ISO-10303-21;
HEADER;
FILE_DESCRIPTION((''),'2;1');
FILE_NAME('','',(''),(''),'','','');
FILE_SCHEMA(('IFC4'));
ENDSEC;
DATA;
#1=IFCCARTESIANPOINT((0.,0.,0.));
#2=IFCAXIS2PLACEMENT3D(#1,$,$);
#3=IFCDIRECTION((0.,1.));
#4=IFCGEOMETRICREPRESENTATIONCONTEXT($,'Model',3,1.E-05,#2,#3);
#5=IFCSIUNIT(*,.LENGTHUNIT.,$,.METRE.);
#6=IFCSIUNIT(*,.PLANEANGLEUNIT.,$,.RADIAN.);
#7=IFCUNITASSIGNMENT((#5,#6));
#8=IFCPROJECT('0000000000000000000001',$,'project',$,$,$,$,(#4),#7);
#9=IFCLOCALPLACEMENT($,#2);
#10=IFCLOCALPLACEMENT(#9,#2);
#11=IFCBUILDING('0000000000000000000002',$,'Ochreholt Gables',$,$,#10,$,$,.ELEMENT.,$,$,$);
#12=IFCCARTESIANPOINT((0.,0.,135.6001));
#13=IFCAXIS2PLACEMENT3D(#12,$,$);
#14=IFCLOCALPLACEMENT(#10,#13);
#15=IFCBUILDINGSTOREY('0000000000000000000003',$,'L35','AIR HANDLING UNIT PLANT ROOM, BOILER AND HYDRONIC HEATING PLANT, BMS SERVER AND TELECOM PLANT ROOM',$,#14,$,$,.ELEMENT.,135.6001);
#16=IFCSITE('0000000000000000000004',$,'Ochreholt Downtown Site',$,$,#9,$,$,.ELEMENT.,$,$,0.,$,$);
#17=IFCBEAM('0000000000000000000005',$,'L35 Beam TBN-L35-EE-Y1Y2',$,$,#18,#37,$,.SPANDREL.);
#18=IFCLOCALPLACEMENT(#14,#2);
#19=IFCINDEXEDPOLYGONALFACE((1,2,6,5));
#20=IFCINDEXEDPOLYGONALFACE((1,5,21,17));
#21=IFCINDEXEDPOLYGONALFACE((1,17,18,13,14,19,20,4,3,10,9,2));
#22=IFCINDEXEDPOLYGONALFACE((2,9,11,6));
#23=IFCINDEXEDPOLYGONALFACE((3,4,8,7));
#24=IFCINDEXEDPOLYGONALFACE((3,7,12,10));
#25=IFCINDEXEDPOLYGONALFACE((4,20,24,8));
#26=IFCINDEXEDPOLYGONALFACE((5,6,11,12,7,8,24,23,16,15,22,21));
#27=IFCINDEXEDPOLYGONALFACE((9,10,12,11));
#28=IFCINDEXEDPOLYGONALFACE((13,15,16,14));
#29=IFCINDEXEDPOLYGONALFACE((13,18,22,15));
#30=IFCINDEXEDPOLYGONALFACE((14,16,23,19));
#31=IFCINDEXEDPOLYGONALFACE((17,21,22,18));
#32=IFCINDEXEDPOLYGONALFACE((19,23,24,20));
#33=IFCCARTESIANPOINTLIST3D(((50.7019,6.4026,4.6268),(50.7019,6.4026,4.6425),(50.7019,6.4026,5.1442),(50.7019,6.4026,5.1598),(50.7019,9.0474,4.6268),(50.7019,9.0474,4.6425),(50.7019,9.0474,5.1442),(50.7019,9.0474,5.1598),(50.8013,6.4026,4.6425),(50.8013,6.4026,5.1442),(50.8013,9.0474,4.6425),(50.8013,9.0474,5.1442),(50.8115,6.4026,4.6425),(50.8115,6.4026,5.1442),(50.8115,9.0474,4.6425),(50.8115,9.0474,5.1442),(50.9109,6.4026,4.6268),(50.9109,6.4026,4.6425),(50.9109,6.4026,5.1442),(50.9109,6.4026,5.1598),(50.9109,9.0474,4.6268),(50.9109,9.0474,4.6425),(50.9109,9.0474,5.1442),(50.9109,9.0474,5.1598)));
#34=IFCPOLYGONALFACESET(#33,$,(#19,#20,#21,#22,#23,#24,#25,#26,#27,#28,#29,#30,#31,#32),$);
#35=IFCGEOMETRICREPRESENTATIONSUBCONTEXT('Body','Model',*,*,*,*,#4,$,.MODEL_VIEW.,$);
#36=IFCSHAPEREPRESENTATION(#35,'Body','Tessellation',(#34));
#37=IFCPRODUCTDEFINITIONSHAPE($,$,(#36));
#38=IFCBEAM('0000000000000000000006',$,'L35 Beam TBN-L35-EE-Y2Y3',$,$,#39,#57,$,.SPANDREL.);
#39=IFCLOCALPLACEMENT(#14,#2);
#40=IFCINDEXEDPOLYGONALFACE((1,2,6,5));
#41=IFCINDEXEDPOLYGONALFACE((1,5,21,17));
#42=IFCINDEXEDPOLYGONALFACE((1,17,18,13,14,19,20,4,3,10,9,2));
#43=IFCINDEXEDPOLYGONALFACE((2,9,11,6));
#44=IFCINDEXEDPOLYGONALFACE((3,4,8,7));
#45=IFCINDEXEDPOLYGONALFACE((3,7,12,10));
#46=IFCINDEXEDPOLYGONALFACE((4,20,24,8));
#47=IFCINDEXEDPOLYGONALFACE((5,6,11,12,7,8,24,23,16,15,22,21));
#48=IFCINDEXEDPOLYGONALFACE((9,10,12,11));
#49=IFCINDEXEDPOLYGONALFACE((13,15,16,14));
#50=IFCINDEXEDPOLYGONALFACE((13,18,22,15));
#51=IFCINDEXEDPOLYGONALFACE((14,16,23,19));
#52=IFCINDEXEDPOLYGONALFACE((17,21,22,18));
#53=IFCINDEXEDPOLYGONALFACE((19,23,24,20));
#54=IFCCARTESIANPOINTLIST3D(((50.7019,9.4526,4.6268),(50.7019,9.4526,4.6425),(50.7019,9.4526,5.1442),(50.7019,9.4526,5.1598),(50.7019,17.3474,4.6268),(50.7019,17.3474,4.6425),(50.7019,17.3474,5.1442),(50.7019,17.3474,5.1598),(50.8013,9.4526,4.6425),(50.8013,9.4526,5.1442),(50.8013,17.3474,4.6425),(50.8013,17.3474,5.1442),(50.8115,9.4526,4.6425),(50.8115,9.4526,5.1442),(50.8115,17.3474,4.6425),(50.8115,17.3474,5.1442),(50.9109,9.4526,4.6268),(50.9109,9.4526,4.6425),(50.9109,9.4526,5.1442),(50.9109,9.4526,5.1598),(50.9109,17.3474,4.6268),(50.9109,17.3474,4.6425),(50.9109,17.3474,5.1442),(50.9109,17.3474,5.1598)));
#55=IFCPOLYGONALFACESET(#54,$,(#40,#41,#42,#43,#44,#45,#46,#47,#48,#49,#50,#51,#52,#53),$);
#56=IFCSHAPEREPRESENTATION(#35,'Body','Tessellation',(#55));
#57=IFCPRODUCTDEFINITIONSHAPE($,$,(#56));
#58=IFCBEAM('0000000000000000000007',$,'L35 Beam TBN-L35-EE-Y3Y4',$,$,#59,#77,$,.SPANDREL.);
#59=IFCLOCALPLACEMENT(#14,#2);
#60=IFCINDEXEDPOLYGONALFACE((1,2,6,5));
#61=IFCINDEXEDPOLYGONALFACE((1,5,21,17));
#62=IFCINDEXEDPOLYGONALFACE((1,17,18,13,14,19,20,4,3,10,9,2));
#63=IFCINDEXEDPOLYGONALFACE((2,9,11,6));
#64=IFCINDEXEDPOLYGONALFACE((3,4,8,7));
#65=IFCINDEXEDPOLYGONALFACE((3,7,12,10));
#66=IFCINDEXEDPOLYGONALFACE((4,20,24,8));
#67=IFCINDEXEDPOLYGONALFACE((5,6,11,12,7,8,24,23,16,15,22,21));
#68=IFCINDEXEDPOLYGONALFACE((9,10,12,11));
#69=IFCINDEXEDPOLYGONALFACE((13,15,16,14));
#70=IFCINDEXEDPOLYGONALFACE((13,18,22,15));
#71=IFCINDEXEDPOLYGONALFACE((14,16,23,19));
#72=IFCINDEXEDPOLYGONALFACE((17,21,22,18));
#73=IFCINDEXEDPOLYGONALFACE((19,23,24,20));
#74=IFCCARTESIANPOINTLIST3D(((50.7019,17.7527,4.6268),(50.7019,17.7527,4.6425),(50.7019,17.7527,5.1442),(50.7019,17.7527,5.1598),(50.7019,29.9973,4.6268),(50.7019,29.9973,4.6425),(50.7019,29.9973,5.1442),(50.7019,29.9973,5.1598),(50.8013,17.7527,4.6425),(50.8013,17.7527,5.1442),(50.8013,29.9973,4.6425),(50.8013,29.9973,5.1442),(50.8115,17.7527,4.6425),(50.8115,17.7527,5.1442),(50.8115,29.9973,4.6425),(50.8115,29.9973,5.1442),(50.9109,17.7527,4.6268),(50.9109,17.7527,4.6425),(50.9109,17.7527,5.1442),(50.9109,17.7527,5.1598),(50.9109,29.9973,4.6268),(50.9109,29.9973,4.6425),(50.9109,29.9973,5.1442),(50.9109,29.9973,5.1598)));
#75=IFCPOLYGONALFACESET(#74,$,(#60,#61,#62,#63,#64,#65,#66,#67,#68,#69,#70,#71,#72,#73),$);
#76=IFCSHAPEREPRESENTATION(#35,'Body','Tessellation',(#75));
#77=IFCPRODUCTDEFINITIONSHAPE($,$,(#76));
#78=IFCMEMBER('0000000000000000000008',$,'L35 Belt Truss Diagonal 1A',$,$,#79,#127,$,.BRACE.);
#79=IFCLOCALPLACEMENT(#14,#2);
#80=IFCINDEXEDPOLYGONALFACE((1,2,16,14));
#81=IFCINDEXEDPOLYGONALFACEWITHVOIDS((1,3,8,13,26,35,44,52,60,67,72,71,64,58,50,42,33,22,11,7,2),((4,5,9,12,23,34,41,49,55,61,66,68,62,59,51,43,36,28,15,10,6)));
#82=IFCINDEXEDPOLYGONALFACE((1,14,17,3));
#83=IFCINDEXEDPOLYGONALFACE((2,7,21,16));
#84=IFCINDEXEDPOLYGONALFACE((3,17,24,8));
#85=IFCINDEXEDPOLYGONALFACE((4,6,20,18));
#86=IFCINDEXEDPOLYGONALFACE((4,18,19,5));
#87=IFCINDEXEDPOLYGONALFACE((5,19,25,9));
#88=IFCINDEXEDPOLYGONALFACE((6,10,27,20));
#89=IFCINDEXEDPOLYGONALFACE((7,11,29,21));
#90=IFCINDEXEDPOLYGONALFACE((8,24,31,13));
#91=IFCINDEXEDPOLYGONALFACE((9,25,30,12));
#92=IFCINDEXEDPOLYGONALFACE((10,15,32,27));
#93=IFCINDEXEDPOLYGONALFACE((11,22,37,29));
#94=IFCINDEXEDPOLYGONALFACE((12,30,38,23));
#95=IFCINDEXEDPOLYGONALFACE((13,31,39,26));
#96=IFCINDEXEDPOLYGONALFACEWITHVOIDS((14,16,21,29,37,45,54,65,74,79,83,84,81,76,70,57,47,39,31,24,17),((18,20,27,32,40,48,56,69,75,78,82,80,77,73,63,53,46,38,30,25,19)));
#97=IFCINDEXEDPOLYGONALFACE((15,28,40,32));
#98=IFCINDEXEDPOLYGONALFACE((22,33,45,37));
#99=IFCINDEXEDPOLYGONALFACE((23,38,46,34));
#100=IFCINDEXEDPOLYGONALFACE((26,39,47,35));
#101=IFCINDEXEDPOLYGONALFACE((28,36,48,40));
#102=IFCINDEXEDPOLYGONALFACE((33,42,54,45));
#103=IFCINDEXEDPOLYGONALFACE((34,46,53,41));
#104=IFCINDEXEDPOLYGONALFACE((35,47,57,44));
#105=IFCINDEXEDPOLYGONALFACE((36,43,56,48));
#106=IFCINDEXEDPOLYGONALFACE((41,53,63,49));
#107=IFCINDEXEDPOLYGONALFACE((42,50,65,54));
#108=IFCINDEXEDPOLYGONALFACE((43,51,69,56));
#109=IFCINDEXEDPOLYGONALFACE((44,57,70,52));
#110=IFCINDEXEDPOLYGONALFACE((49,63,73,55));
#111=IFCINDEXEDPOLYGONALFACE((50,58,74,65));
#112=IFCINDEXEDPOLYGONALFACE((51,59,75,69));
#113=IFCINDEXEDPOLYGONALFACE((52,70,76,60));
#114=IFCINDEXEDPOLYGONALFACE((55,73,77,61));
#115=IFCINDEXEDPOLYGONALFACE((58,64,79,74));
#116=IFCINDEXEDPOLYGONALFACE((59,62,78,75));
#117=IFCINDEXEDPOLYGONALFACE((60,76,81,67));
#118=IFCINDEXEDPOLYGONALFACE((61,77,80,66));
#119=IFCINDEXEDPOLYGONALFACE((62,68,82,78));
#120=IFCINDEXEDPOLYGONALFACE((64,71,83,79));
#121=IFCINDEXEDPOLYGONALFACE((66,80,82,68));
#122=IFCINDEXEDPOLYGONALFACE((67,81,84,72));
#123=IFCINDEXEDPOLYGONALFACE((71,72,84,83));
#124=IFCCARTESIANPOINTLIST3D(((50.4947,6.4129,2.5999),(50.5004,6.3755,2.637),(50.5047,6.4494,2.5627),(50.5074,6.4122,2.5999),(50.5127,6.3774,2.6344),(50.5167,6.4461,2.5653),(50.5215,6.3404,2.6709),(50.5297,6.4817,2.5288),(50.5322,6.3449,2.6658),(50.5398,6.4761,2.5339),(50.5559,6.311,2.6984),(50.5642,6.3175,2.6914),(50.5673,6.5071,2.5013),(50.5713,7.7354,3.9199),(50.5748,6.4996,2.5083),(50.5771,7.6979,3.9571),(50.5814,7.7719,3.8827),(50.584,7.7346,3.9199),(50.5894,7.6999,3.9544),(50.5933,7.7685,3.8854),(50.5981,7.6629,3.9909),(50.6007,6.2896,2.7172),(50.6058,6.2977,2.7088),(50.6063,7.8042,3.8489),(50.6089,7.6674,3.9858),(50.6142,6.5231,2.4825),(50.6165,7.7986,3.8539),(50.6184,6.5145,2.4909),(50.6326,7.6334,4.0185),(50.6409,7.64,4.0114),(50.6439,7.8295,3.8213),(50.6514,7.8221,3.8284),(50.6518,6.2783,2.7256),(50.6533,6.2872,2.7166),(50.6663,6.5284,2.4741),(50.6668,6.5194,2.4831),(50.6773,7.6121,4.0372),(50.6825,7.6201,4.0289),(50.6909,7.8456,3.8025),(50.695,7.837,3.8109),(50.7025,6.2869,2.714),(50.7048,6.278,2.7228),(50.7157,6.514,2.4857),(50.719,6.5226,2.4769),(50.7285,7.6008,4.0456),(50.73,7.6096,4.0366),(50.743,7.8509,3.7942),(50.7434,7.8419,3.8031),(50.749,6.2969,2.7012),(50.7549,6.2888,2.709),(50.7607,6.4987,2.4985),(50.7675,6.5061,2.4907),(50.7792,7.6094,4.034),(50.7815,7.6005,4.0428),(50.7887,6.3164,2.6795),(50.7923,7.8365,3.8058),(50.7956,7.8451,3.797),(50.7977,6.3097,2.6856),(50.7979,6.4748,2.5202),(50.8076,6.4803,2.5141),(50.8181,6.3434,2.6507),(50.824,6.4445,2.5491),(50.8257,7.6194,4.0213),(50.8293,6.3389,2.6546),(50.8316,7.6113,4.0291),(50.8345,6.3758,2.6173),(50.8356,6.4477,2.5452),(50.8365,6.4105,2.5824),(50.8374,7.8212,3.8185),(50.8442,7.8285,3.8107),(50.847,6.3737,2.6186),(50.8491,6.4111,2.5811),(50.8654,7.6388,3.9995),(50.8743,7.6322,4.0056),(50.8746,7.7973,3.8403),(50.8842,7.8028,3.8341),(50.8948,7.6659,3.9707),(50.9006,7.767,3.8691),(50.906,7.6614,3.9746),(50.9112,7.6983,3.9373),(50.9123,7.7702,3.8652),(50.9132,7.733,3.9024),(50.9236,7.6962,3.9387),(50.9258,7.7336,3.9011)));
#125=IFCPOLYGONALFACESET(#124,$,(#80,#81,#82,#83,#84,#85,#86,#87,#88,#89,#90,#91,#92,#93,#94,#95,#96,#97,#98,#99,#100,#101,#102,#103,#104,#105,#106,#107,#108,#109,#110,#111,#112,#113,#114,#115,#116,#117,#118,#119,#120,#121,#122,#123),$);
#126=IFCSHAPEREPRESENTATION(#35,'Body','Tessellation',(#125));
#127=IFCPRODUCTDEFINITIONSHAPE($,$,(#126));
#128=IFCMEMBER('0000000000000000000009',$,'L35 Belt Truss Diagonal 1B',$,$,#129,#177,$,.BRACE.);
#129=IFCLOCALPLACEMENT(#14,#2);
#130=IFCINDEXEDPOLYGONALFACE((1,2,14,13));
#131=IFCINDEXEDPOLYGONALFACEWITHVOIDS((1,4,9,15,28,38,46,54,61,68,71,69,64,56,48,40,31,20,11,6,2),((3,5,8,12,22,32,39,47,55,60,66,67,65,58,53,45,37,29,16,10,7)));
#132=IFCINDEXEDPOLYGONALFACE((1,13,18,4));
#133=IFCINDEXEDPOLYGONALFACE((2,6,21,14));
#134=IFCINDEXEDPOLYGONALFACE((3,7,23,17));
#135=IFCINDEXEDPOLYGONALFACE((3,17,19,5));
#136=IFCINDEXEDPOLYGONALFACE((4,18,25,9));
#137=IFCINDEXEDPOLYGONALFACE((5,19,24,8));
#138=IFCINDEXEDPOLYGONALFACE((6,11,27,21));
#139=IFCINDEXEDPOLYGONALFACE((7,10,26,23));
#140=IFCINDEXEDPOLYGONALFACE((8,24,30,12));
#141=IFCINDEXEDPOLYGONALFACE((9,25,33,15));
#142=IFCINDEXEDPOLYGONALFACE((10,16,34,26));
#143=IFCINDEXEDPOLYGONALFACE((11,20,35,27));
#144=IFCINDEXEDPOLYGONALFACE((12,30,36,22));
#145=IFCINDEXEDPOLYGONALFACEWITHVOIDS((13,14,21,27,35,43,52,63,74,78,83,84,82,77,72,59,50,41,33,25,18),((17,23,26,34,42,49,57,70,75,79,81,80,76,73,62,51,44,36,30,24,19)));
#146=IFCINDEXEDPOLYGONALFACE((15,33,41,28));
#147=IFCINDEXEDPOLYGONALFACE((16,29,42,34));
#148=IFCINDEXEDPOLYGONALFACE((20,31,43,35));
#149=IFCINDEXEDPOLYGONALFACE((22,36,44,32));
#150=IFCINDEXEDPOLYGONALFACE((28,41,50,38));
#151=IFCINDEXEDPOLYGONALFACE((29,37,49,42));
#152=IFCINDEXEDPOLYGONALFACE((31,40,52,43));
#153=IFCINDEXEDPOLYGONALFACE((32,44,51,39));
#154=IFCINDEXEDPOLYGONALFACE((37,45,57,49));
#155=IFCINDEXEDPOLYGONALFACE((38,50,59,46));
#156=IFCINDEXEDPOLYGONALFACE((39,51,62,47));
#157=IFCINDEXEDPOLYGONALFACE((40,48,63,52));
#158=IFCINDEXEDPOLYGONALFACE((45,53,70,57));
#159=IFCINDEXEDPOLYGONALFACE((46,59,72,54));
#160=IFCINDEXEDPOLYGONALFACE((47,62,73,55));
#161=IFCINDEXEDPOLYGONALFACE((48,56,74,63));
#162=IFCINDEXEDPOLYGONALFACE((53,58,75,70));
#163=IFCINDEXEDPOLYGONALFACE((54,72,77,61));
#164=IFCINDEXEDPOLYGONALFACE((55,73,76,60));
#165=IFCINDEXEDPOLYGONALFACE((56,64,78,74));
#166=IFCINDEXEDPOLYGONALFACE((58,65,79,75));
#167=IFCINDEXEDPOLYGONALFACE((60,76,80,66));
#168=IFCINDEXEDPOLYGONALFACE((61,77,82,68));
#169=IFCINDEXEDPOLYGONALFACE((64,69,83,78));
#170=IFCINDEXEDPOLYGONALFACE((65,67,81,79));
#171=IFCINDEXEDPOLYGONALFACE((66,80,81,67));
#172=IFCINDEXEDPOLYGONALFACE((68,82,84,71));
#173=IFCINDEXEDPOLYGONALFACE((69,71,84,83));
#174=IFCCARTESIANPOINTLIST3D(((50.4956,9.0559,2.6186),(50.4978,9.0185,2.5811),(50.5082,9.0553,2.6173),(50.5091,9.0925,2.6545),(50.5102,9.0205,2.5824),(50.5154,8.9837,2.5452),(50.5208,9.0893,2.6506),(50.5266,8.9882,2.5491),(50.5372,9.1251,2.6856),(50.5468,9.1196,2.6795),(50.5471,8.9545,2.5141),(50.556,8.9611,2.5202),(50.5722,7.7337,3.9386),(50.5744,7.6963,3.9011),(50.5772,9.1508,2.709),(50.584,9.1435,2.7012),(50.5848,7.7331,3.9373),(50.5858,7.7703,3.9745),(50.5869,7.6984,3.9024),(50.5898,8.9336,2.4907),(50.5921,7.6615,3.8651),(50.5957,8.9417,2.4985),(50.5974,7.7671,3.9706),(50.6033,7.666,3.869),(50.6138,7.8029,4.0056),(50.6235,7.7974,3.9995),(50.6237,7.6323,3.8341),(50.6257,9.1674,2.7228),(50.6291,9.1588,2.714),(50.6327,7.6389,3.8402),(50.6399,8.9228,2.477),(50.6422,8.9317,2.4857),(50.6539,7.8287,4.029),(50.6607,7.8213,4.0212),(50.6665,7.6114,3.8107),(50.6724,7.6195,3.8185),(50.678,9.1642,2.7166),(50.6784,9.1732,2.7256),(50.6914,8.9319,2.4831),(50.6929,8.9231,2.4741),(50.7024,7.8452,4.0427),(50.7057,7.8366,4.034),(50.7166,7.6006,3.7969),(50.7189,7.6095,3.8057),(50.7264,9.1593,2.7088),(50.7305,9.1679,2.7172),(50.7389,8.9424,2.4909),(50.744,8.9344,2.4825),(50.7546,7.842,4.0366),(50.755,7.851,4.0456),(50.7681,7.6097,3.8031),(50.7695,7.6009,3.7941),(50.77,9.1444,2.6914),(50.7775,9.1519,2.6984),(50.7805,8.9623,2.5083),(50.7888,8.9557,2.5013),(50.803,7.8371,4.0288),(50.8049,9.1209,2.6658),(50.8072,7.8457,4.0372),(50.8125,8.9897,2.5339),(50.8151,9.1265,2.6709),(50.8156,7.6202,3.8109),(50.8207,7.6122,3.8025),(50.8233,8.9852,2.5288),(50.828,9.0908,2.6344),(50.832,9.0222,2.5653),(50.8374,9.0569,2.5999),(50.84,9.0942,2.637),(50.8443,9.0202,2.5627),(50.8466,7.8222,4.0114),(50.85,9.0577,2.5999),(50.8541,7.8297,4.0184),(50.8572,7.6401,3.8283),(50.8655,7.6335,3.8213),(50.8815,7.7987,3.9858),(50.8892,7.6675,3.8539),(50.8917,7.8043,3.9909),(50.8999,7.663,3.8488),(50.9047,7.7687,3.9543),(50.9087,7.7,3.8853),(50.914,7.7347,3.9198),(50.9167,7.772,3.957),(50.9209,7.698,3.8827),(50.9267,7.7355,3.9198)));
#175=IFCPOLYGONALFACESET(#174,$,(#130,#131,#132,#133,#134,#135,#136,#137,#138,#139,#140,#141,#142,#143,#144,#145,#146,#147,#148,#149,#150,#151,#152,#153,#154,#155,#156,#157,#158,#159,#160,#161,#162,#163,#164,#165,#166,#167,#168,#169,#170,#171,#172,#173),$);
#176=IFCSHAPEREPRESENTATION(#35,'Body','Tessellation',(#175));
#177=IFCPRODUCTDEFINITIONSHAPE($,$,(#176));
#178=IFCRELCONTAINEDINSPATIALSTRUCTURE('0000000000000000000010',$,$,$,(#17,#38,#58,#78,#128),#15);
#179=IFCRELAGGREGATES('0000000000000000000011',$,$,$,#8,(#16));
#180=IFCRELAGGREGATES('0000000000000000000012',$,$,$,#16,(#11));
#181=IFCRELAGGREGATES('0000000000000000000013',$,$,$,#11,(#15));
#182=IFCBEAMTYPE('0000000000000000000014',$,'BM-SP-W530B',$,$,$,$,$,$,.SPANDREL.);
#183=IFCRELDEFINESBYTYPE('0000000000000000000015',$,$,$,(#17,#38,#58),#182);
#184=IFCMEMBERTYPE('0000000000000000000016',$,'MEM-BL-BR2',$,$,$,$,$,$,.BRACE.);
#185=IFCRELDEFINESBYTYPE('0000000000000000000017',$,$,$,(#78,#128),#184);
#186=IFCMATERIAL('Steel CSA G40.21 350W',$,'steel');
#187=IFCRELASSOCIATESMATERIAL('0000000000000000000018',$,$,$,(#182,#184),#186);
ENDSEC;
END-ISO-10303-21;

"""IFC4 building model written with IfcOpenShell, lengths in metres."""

from ifc_helpers import new_model, si_unit, direction, frame, origin, origin_2d, place, context, subcontext, project, spatial, hollow_circle, i_section, extrude, material, material_profile, profile_set, type_object, element, save


model = new_model("IFC4")

# Units and contexts
model_context = context("Model", 3, precision=1e-05, world=origin(), true_north=direction((0.0, 1.0)))
body_context = subcontext(model_context, "Body", "Model", "MODEL_VIEW")
ifc_project = project(units=[si_unit("LENGTHUNIT", "METRE"), si_unit("PLANEANGLEUNIT", "RADIAN")], contexts=[model_context])

# Site, building, storey
site_placement = place(None, origin())
site = spatial("IfcSite", under=ifc_project, at=site_placement, Name="Ochreholt Downtown Site", CompositionType="ELEMENT", RefElevation=0.0)
building_placement = place(site_placement, origin())
building = spatial("IfcBuilding", under=site, at=building_placement, Name="Ochreholt Gables", CompositionType="ELEMENT")
storey_placement = place(building_placement, frame((0.0, 0.0, 135.6001)))
storey = spatial("IfcBuildingStorey", under=building, at=storey_placement, Name="L35", Description="AIR HANDLING UNIT PLANT ROOM, BOILER AND HYDRONIC HEATING PLANT, BMS SERVER AND TELECOM PLANT ROOM", CompositionType="ELEMENT", Elevation=135.6001)

# Shared definitions
ifc_material_1 = material(Name="Steel CSA G40.21 350W", Category="steel")

# Beams
ifc_material_profile_1 = material_profile(ifc_material_1, i_section(OverallWidth=0.209, OverallDepth=0.533, WebThickness=0.0103, FlangeThickness=0.0156, at=origin_2d()), Name="W530X92")
ifc_profile_set_1 = profile_set([ifc_material_profile_1], Name="Steel CSA G40.21 350W")
beam_type_1 = type_object("IfcBeamType", Name="BM-SP-W530B", PredefinedType="SPANDREL", material=ifc_profile_set_1)
beam_1_placement = place(storey_placement, frame((50.8064, 6.4026, 4.8933), z_axis=(0.0, 1.0, 0.0), x_axis=(-1.0, 0.0, 0.0)))
element("IfcBeam", 1, at=beam_1_placement, inside=storey, type_object=beam_type_1, Name="L35 Beam TBN-L35-EE-Y1Y2", PredefinedType="SPANDREL", context=body_context, shape_type="SweptSolid", body=[
    extrude(i_section(OverallWidth=0.209, OverallDepth=0.533, WebThickness=0.0103, FlangeThickness=0.0156, at=origin_2d()), origin(), (0.0, 0.0, 1.0), 2.6448),
])
beam_2_placement = place(storey_placement, frame((50.8064, 9.4526, 4.8933), z_axis=(0.0, 1.0, 0.0), x_axis=(-1.0, 0.0, 0.0)))
element("IfcBeam", 2, at=beam_2_placement, inside=storey, type_object=beam_type_1, Name="L35 Beam TBN-L35-EE-Y2Y3", PredefinedType="SPANDREL", context=body_context, shape_type="SweptSolid", body=[
    extrude(i_section(OverallWidth=0.209, OverallDepth=0.533, WebThickness=0.0103, FlangeThickness=0.0156, at=origin_2d()), origin(), (0.0, 0.0, 1.0), 7.8948),
])
beam_3_placement = place(storey_placement, frame((50.8064, 17.7527, 4.8933), z_axis=(0.0, 1.0, 0.0), x_axis=(-1.0, 0.0, 0.0)))
element("IfcBeam", 3, at=beam_3_placement, inside=storey, type_object=beam_type_1, Name="L35 Beam TBN-L35-EE-Y3Y4", PredefinedType="SPANDREL", context=body_context, shape_type="SweptSolid", body=[
    extrude(i_section(OverallWidth=0.209, OverallDepth=0.533, WebThickness=0.0103, FlangeThickness=0.0156, at=origin_2d()), origin(), (0.0, 0.0, 1.0), 12.2446),
])

# Members
ifc_material_profile_2 = material_profile(ifc_material_1, hollow_circle(Radius=0.178, WallThickness=0.0127, at=origin_2d()), Name="CHS356X13")
ifc_profile_set_2 = profile_set([ifc_material_profile_2], Name="Steel CSA G40.21 350W")
member_type_1 = type_object("IfcMemberType", Name="MEM-BL-BR2", PredefinedType="BRACE", material=ifc_profile_set_2)
member_1_placement = place(storey_placement, frame((50.6724, 6.4026, 2.5999), z_axis=(0.040991, 0.707165, 0.705859), x_axis=(-0.998324, 0.057869, 0.0)))
element("IfcMember", 4, at=member_1_placement, inside=storey, type_object=member_type_1, Name="L35 Belt Truss Diagonal 1A", PredefinedType="BRACE", context=body_context, shape_type="SweptSolid", body=[
    extrude(hollow_circle(Radius=0.178, WallThickness=0.0127, at=origin_2d()), origin(), (0.0, 0.0, 1.0), 1.8701),
])
member_2_placement = place(storey_placement, frame((50.6724, 9.0474, 2.5999), z_axis=(0.040995, -0.7071, 0.705925), x_axis=(0.998324, 0.057879, 0.0)))
element("IfcMember", 5, at=member_2_placement, inside=storey, type_object=member_type_1, Name="L35 Belt Truss Diagonal 1B", PredefinedType="BRACE", context=body_context, shape_type="SweptSolid", body=[
    extrude(hollow_circle(Radius=0.178, WallThickness=0.0127, at=origin_2d()), origin(), (0.0, 0.0, 1.0), 1.8699),
])

save(model, "model.ifc")
